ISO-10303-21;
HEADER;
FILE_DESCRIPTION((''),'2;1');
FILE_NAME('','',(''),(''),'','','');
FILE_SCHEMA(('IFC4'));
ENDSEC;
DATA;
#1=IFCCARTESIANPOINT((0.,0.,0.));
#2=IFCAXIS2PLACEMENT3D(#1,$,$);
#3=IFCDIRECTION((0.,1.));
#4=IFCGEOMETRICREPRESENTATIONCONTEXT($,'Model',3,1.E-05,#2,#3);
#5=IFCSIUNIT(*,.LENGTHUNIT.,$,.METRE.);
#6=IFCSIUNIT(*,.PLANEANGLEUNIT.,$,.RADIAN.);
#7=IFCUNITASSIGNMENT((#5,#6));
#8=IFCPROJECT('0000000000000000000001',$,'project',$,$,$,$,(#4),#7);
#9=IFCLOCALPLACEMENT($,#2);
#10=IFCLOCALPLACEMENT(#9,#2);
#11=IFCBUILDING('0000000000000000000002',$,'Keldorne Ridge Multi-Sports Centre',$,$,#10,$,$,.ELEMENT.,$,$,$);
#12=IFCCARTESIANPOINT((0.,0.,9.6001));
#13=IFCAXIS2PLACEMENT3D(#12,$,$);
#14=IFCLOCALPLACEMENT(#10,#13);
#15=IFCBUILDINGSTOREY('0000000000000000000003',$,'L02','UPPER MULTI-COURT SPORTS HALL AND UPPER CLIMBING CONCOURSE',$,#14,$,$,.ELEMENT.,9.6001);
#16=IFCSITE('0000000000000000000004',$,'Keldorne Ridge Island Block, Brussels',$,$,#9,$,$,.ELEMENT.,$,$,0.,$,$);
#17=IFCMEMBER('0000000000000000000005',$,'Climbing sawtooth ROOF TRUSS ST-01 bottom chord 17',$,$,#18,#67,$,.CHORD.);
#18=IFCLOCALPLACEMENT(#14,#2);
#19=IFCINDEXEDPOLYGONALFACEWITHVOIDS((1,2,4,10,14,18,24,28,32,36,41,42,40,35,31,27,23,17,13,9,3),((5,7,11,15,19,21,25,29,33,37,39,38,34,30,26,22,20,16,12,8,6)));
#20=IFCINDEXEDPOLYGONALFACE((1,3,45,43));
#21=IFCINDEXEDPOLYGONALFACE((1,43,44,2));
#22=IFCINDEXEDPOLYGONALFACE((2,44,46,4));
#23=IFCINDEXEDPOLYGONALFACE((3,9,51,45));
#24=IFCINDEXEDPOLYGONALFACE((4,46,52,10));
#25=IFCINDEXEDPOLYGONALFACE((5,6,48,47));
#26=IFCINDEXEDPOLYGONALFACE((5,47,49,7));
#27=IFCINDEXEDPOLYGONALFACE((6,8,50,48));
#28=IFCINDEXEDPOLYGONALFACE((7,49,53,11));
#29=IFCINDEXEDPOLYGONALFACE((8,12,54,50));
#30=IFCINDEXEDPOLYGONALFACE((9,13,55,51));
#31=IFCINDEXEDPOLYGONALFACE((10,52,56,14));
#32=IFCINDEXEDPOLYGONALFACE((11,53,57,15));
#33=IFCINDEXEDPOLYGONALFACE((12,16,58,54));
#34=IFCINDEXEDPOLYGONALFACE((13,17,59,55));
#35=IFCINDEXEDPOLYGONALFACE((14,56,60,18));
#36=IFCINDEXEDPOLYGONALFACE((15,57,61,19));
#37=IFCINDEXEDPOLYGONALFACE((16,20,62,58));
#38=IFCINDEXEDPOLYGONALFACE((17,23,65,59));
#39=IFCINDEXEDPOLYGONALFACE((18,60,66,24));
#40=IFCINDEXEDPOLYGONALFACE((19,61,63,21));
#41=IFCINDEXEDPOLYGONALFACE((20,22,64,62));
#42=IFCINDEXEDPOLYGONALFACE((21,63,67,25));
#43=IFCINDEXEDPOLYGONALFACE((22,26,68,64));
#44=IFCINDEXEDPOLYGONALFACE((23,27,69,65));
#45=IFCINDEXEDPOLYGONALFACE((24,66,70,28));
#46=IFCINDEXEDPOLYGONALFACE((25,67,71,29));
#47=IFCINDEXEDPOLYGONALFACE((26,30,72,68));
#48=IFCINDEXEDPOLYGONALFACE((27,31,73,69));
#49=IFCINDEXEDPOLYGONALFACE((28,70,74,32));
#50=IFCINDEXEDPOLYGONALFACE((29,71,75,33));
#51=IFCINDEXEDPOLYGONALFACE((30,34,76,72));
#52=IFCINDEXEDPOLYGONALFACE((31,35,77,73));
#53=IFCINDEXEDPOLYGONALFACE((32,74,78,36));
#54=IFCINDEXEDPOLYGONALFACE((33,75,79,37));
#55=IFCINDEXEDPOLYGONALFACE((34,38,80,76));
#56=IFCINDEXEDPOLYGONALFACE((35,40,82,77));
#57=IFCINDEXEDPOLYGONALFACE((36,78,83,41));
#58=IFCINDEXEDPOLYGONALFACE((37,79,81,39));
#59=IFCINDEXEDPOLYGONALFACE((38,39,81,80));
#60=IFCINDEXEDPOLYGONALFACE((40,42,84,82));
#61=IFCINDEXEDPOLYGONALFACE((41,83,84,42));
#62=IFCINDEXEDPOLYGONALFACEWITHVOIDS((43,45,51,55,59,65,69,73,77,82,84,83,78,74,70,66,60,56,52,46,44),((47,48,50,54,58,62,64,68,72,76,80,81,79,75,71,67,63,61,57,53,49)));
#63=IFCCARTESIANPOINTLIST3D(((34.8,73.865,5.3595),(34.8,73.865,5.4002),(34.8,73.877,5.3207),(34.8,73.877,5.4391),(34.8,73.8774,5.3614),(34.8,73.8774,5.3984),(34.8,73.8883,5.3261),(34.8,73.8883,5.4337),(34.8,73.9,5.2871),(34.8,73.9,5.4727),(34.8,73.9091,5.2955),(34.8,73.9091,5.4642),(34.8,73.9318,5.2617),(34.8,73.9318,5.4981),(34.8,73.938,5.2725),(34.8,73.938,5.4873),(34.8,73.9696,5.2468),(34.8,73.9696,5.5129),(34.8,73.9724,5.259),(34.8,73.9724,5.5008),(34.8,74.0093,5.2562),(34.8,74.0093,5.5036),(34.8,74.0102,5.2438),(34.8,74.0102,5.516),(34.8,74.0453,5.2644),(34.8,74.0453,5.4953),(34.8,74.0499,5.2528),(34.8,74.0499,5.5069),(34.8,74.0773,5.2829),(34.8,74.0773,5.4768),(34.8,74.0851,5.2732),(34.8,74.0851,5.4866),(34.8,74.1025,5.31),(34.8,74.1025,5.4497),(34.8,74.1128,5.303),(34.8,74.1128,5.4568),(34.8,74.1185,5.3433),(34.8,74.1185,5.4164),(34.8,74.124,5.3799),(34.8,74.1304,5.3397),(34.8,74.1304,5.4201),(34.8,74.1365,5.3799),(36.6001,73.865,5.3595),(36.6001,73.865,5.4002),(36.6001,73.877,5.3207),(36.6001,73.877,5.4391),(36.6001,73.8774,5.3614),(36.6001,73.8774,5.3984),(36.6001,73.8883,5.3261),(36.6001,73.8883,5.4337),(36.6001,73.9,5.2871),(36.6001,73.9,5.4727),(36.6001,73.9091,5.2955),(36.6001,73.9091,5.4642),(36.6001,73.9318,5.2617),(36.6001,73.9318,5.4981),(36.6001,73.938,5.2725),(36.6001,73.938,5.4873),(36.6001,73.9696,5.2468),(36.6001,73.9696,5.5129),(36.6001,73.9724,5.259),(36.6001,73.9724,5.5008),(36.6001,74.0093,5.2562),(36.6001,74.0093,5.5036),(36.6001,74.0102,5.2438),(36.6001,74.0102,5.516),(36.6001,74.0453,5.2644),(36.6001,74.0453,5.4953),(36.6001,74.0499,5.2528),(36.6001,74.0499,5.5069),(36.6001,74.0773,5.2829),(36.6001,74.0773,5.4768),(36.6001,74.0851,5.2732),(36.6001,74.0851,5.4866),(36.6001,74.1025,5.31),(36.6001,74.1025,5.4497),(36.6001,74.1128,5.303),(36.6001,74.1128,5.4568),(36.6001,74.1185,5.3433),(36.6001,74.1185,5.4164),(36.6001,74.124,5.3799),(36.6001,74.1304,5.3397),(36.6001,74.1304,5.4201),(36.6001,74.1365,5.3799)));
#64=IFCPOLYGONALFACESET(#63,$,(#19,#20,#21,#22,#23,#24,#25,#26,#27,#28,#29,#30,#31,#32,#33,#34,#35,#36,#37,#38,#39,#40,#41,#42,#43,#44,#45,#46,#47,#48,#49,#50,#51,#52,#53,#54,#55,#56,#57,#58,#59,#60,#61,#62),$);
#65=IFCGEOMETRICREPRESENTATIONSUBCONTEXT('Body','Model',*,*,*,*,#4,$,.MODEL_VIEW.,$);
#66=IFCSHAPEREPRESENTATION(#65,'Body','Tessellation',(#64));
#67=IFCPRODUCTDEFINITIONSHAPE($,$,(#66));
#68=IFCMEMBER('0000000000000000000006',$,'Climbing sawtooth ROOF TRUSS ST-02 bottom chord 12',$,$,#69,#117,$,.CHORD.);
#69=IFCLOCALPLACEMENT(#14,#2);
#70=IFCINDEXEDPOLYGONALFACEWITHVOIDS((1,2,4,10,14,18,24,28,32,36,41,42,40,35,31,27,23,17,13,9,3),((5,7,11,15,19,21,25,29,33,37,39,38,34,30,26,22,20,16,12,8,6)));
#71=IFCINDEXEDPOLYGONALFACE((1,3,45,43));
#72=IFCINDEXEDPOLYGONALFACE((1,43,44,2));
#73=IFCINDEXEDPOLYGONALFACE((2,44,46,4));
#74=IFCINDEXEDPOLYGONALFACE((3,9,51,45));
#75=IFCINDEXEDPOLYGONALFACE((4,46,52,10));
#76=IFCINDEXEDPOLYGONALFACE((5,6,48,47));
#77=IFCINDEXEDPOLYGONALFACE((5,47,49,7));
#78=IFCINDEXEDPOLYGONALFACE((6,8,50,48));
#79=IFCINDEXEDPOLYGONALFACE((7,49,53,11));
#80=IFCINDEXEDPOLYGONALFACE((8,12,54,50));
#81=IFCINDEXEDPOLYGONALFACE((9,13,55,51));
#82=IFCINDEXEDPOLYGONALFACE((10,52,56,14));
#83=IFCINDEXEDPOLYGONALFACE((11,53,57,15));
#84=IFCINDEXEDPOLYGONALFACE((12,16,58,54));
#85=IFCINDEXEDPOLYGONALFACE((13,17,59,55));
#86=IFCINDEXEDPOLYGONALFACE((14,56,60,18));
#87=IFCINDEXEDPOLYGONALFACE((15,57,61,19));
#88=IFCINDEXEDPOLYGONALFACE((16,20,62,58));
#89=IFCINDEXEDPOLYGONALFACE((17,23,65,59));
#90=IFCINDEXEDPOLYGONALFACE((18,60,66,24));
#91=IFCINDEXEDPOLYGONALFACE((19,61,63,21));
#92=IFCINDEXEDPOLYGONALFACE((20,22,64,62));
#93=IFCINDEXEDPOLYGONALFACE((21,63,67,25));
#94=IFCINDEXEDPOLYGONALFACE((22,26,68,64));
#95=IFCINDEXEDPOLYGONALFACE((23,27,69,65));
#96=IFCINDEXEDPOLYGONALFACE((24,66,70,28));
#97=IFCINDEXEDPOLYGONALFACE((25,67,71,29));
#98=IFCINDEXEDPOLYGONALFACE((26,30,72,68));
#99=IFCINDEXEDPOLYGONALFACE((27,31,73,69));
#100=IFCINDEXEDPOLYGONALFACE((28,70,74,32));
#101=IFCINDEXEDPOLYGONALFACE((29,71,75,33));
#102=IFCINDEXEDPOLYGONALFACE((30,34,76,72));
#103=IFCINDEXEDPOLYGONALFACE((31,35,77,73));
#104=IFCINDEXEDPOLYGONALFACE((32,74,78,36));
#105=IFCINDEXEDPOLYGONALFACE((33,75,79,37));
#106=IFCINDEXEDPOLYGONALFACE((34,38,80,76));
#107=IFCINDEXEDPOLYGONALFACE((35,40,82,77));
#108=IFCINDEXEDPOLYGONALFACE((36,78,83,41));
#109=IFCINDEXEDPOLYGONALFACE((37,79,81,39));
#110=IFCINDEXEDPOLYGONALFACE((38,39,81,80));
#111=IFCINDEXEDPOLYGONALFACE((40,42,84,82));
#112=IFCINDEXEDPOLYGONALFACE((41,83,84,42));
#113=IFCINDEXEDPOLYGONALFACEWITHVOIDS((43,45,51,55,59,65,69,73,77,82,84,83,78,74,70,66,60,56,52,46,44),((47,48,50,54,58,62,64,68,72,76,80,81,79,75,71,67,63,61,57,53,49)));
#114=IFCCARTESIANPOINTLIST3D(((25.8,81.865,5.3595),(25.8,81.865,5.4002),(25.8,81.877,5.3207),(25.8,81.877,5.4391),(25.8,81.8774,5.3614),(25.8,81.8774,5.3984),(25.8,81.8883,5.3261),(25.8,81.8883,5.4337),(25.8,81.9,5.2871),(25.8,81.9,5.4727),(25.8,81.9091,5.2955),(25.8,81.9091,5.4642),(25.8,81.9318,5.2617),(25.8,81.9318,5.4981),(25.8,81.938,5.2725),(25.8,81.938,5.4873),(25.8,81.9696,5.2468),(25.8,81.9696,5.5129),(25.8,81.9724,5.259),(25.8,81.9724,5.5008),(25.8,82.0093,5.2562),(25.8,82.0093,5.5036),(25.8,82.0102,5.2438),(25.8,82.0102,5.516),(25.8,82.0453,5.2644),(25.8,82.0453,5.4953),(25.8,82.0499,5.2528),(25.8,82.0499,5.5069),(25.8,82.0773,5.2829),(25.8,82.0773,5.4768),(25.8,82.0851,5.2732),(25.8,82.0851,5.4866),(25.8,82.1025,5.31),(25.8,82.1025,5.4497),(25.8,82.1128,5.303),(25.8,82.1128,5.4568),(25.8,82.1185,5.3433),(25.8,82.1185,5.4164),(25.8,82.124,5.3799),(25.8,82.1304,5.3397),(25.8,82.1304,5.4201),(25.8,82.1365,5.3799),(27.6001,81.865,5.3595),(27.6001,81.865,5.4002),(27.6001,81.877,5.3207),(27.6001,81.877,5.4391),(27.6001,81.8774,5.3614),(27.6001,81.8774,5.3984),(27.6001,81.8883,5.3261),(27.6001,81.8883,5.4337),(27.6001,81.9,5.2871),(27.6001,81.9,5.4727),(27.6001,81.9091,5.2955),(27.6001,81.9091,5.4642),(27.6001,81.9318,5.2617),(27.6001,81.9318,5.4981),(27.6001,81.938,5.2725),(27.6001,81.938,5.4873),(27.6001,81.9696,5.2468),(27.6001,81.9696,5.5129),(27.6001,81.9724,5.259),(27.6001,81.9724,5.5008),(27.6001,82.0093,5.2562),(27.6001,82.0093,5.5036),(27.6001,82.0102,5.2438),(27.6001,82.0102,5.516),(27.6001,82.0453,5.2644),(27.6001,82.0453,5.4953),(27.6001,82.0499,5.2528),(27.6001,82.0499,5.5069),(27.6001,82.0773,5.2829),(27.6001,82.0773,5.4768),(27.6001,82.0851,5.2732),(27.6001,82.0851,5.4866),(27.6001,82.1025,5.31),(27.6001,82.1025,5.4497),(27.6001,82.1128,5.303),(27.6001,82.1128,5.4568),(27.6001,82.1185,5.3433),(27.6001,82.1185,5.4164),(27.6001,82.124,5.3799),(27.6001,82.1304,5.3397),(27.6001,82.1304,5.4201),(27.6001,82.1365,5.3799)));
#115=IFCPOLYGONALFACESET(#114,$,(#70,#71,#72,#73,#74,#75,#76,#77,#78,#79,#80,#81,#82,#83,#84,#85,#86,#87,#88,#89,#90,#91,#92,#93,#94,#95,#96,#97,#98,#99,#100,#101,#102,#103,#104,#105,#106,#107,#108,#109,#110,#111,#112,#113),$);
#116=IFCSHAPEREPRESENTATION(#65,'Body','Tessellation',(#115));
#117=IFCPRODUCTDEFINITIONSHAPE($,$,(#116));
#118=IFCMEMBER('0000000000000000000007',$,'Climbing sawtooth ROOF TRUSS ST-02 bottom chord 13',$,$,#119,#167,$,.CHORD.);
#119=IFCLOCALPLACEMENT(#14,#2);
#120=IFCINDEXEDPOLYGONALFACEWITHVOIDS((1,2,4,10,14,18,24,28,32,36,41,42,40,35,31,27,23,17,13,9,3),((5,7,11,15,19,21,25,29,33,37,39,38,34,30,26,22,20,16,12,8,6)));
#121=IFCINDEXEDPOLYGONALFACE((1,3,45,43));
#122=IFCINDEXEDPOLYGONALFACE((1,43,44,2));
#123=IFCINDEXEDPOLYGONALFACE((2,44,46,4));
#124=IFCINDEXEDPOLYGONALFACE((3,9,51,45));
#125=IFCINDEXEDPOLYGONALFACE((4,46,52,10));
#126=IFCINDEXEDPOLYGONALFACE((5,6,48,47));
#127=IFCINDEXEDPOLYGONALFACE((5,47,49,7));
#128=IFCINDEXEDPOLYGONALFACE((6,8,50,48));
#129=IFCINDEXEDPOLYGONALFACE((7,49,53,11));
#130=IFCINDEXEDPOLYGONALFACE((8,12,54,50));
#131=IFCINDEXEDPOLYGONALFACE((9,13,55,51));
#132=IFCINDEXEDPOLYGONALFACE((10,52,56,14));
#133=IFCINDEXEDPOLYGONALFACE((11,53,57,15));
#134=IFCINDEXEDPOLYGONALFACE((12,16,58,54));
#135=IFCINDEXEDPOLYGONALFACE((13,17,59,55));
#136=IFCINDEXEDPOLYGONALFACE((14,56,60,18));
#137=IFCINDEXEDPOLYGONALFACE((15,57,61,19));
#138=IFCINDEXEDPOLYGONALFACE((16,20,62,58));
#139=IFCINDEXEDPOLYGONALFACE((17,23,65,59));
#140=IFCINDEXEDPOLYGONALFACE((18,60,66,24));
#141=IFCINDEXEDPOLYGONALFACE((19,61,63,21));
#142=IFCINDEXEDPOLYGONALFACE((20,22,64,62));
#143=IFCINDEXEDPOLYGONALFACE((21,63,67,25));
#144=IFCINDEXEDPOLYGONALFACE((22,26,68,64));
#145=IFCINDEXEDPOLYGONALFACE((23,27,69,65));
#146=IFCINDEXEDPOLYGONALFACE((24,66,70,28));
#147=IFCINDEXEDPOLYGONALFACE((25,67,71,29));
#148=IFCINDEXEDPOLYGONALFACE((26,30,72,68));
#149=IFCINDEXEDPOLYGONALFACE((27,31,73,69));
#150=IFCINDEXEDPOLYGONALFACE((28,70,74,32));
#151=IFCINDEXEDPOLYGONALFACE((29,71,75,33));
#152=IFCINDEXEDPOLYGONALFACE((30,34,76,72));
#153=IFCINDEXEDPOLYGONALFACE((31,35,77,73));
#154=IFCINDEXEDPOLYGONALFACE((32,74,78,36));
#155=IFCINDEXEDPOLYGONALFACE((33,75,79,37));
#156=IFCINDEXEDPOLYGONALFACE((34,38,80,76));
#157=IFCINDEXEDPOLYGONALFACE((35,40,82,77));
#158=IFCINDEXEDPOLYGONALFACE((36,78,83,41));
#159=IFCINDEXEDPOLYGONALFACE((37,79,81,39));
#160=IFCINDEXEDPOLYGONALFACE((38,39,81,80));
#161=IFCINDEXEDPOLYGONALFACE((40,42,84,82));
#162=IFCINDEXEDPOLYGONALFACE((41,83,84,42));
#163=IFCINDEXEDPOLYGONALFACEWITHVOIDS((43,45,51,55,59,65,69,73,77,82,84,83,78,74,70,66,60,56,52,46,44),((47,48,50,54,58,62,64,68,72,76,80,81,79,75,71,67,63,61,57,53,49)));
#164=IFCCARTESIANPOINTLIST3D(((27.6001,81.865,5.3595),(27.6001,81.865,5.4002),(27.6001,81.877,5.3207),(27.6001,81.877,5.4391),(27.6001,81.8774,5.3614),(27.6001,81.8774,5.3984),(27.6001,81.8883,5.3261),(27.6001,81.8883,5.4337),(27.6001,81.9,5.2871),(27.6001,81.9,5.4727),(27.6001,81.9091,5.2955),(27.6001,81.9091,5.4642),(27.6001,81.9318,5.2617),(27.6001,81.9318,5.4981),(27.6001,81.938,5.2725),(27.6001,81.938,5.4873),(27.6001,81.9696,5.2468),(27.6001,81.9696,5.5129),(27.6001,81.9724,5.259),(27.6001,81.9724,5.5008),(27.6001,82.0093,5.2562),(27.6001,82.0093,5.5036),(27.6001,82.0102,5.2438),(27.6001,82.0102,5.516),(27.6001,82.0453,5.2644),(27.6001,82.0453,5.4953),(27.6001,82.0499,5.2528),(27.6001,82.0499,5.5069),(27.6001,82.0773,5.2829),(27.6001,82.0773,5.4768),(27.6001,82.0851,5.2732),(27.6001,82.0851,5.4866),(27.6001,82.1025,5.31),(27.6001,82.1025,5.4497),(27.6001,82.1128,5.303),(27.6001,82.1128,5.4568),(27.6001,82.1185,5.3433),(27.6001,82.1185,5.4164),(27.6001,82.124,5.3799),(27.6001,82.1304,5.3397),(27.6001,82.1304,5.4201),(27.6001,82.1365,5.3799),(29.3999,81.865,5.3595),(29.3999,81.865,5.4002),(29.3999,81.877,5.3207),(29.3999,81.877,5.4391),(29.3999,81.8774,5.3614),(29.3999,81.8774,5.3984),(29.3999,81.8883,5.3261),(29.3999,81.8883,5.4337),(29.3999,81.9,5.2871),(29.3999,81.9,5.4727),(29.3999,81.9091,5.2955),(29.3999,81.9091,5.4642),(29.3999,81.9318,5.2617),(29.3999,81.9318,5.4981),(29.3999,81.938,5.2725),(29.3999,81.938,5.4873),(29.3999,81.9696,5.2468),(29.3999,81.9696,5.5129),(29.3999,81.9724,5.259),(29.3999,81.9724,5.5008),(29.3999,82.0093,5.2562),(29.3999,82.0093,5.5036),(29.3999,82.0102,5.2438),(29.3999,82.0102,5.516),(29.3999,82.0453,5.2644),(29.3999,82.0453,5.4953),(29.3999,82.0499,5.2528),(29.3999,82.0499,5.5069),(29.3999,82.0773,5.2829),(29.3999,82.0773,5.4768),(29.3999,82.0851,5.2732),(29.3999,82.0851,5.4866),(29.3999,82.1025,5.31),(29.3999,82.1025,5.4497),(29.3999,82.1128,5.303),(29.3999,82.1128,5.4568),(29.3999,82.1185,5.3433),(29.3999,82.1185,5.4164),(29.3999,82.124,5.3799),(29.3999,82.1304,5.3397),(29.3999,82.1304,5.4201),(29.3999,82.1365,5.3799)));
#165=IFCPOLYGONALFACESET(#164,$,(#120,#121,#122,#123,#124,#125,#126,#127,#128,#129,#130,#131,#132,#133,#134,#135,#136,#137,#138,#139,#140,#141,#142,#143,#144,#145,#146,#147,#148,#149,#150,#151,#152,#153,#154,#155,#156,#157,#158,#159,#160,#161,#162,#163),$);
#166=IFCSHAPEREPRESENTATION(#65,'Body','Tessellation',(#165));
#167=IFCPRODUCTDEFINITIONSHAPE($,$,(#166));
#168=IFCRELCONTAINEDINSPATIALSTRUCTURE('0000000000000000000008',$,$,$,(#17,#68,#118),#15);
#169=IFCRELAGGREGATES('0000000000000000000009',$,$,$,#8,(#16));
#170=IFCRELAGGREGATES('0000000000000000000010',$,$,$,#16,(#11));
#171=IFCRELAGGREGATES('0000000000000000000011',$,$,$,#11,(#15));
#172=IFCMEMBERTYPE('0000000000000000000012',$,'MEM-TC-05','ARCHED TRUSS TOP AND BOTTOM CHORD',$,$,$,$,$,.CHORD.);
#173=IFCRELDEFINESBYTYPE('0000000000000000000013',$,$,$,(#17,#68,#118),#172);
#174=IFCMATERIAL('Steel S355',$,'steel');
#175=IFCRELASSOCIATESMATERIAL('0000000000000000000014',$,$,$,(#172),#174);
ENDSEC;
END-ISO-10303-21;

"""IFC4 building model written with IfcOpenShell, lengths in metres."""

from ifc_helpers import new_model, si_unit, direction, frame, origin, origin_2d, place, context, subcontext, project, spatial, hollow_circle, extrude, material, material_profile, profile_set, type_object, element, save


model = new_model("IFC4")

# Units and contexts
model_context = context("Model", 3, precision=1e-05, world=origin(), true_north=direction((0.0, 1.0)))
body_context = subcontext(model_context, "Body", "Model", "MODEL_VIEW")
ifc_project = project(units=[si_unit("LENGTHUNIT", "METRE"), si_unit("PLANEANGLEUNIT", "RADIAN")], contexts=[model_context])

# Site, building, storey
site_placement = place(None, origin())
site = spatial("IfcSite", under=ifc_project, at=site_placement, Name="Keldorne Ridge Island Block, Brussels", CompositionType="ELEMENT", RefElevation=0.0)
building_placement = place(site_placement, origin())
building = spatial("IfcBuilding", under=site, at=building_placement, Name="Keldorne Ridge Multi-Sports Centre", CompositionType="ELEMENT")
storey_placement = place(building_placement, frame((0.0, 0.0, 9.6001)))
storey = spatial("IfcBuildingStorey", under=building, at=storey_placement, Name="L02", Description="UPPER MULTI-COURT SPORTS HALL AND UPPER CLIMBING CONCOURSE", CompositionType="ELEMENT", Elevation=9.6001)

# Shared definitions
ifc_material_1 = material(Name="Steel S355", Category="steel")

# Members
ifc_material_profile_1 = material_profile(ifc_material_1, hollow_circle(Radius=0.1365, WallThickness=0.0125, at=origin_2d()), Name="CHS 273x12.5")
ifc_profile_set_1 = profile_set([ifc_material_profile_1], Name="Steel S355")
member_type_1 = type_object("IfcMemberType", Name="MEM-TC-05", Description="ARCHED TRUSS TOP AND BOTTOM CHORD", PredefinedType="CHORD", material=ifc_profile_set_1)
for number, where, z_axis, x_axis, name in (
    (1, (34.8, 74.0, 5.3799), (1.0, 0.0, 0.0), (0.0, 1.0, 0.0), "Climbing sawtooth ROOF TRUSS ST-01 bottom chord 17"),
    (2, (25.8, 82.0, 5.3799), (1.0, 0.0, 0.0), (0.0, 1.0, 0.0), "Climbing sawtooth ROOF TRUSS ST-02 bottom chord 12"),
):
    element("IfcMember", number, at=place(storey_placement, frame(where, z_axis=z_axis, x_axis=x_axis)), inside=storey, type_object=member_type_1, Name=name, PredefinedType="CHORD", context=body_context, shape_type="SweptSolid", body=[
        extrude(hollow_circle(Radius=0.1365, WallThickness=0.0125, at=origin_2d()), origin(), (0.0, 0.0, 1.0), 1.8),
    ])
member_1_placement = place(storey_placement, frame((27.6001, 82.0, 5.3799), z_axis=(1.0, 0.0, 0.0), x_axis=(0.0, 1.0, 0.0)))
element("IfcMember", 3, at=member_1_placement, inside=storey, type_object=member_type_1, Name="Climbing sawtooth ROOF TRUSS ST-02 bottom chord 13", PredefinedType="CHORD", context=body_context, shape_type="SweptSolid", body=[
    extrude(hollow_circle(Radius=0.1365, WallThickness=0.0125, at=origin_2d()), origin(), (0.0, 0.0, 1.0), 1.7998),
])

save(model, "model.ifc")
